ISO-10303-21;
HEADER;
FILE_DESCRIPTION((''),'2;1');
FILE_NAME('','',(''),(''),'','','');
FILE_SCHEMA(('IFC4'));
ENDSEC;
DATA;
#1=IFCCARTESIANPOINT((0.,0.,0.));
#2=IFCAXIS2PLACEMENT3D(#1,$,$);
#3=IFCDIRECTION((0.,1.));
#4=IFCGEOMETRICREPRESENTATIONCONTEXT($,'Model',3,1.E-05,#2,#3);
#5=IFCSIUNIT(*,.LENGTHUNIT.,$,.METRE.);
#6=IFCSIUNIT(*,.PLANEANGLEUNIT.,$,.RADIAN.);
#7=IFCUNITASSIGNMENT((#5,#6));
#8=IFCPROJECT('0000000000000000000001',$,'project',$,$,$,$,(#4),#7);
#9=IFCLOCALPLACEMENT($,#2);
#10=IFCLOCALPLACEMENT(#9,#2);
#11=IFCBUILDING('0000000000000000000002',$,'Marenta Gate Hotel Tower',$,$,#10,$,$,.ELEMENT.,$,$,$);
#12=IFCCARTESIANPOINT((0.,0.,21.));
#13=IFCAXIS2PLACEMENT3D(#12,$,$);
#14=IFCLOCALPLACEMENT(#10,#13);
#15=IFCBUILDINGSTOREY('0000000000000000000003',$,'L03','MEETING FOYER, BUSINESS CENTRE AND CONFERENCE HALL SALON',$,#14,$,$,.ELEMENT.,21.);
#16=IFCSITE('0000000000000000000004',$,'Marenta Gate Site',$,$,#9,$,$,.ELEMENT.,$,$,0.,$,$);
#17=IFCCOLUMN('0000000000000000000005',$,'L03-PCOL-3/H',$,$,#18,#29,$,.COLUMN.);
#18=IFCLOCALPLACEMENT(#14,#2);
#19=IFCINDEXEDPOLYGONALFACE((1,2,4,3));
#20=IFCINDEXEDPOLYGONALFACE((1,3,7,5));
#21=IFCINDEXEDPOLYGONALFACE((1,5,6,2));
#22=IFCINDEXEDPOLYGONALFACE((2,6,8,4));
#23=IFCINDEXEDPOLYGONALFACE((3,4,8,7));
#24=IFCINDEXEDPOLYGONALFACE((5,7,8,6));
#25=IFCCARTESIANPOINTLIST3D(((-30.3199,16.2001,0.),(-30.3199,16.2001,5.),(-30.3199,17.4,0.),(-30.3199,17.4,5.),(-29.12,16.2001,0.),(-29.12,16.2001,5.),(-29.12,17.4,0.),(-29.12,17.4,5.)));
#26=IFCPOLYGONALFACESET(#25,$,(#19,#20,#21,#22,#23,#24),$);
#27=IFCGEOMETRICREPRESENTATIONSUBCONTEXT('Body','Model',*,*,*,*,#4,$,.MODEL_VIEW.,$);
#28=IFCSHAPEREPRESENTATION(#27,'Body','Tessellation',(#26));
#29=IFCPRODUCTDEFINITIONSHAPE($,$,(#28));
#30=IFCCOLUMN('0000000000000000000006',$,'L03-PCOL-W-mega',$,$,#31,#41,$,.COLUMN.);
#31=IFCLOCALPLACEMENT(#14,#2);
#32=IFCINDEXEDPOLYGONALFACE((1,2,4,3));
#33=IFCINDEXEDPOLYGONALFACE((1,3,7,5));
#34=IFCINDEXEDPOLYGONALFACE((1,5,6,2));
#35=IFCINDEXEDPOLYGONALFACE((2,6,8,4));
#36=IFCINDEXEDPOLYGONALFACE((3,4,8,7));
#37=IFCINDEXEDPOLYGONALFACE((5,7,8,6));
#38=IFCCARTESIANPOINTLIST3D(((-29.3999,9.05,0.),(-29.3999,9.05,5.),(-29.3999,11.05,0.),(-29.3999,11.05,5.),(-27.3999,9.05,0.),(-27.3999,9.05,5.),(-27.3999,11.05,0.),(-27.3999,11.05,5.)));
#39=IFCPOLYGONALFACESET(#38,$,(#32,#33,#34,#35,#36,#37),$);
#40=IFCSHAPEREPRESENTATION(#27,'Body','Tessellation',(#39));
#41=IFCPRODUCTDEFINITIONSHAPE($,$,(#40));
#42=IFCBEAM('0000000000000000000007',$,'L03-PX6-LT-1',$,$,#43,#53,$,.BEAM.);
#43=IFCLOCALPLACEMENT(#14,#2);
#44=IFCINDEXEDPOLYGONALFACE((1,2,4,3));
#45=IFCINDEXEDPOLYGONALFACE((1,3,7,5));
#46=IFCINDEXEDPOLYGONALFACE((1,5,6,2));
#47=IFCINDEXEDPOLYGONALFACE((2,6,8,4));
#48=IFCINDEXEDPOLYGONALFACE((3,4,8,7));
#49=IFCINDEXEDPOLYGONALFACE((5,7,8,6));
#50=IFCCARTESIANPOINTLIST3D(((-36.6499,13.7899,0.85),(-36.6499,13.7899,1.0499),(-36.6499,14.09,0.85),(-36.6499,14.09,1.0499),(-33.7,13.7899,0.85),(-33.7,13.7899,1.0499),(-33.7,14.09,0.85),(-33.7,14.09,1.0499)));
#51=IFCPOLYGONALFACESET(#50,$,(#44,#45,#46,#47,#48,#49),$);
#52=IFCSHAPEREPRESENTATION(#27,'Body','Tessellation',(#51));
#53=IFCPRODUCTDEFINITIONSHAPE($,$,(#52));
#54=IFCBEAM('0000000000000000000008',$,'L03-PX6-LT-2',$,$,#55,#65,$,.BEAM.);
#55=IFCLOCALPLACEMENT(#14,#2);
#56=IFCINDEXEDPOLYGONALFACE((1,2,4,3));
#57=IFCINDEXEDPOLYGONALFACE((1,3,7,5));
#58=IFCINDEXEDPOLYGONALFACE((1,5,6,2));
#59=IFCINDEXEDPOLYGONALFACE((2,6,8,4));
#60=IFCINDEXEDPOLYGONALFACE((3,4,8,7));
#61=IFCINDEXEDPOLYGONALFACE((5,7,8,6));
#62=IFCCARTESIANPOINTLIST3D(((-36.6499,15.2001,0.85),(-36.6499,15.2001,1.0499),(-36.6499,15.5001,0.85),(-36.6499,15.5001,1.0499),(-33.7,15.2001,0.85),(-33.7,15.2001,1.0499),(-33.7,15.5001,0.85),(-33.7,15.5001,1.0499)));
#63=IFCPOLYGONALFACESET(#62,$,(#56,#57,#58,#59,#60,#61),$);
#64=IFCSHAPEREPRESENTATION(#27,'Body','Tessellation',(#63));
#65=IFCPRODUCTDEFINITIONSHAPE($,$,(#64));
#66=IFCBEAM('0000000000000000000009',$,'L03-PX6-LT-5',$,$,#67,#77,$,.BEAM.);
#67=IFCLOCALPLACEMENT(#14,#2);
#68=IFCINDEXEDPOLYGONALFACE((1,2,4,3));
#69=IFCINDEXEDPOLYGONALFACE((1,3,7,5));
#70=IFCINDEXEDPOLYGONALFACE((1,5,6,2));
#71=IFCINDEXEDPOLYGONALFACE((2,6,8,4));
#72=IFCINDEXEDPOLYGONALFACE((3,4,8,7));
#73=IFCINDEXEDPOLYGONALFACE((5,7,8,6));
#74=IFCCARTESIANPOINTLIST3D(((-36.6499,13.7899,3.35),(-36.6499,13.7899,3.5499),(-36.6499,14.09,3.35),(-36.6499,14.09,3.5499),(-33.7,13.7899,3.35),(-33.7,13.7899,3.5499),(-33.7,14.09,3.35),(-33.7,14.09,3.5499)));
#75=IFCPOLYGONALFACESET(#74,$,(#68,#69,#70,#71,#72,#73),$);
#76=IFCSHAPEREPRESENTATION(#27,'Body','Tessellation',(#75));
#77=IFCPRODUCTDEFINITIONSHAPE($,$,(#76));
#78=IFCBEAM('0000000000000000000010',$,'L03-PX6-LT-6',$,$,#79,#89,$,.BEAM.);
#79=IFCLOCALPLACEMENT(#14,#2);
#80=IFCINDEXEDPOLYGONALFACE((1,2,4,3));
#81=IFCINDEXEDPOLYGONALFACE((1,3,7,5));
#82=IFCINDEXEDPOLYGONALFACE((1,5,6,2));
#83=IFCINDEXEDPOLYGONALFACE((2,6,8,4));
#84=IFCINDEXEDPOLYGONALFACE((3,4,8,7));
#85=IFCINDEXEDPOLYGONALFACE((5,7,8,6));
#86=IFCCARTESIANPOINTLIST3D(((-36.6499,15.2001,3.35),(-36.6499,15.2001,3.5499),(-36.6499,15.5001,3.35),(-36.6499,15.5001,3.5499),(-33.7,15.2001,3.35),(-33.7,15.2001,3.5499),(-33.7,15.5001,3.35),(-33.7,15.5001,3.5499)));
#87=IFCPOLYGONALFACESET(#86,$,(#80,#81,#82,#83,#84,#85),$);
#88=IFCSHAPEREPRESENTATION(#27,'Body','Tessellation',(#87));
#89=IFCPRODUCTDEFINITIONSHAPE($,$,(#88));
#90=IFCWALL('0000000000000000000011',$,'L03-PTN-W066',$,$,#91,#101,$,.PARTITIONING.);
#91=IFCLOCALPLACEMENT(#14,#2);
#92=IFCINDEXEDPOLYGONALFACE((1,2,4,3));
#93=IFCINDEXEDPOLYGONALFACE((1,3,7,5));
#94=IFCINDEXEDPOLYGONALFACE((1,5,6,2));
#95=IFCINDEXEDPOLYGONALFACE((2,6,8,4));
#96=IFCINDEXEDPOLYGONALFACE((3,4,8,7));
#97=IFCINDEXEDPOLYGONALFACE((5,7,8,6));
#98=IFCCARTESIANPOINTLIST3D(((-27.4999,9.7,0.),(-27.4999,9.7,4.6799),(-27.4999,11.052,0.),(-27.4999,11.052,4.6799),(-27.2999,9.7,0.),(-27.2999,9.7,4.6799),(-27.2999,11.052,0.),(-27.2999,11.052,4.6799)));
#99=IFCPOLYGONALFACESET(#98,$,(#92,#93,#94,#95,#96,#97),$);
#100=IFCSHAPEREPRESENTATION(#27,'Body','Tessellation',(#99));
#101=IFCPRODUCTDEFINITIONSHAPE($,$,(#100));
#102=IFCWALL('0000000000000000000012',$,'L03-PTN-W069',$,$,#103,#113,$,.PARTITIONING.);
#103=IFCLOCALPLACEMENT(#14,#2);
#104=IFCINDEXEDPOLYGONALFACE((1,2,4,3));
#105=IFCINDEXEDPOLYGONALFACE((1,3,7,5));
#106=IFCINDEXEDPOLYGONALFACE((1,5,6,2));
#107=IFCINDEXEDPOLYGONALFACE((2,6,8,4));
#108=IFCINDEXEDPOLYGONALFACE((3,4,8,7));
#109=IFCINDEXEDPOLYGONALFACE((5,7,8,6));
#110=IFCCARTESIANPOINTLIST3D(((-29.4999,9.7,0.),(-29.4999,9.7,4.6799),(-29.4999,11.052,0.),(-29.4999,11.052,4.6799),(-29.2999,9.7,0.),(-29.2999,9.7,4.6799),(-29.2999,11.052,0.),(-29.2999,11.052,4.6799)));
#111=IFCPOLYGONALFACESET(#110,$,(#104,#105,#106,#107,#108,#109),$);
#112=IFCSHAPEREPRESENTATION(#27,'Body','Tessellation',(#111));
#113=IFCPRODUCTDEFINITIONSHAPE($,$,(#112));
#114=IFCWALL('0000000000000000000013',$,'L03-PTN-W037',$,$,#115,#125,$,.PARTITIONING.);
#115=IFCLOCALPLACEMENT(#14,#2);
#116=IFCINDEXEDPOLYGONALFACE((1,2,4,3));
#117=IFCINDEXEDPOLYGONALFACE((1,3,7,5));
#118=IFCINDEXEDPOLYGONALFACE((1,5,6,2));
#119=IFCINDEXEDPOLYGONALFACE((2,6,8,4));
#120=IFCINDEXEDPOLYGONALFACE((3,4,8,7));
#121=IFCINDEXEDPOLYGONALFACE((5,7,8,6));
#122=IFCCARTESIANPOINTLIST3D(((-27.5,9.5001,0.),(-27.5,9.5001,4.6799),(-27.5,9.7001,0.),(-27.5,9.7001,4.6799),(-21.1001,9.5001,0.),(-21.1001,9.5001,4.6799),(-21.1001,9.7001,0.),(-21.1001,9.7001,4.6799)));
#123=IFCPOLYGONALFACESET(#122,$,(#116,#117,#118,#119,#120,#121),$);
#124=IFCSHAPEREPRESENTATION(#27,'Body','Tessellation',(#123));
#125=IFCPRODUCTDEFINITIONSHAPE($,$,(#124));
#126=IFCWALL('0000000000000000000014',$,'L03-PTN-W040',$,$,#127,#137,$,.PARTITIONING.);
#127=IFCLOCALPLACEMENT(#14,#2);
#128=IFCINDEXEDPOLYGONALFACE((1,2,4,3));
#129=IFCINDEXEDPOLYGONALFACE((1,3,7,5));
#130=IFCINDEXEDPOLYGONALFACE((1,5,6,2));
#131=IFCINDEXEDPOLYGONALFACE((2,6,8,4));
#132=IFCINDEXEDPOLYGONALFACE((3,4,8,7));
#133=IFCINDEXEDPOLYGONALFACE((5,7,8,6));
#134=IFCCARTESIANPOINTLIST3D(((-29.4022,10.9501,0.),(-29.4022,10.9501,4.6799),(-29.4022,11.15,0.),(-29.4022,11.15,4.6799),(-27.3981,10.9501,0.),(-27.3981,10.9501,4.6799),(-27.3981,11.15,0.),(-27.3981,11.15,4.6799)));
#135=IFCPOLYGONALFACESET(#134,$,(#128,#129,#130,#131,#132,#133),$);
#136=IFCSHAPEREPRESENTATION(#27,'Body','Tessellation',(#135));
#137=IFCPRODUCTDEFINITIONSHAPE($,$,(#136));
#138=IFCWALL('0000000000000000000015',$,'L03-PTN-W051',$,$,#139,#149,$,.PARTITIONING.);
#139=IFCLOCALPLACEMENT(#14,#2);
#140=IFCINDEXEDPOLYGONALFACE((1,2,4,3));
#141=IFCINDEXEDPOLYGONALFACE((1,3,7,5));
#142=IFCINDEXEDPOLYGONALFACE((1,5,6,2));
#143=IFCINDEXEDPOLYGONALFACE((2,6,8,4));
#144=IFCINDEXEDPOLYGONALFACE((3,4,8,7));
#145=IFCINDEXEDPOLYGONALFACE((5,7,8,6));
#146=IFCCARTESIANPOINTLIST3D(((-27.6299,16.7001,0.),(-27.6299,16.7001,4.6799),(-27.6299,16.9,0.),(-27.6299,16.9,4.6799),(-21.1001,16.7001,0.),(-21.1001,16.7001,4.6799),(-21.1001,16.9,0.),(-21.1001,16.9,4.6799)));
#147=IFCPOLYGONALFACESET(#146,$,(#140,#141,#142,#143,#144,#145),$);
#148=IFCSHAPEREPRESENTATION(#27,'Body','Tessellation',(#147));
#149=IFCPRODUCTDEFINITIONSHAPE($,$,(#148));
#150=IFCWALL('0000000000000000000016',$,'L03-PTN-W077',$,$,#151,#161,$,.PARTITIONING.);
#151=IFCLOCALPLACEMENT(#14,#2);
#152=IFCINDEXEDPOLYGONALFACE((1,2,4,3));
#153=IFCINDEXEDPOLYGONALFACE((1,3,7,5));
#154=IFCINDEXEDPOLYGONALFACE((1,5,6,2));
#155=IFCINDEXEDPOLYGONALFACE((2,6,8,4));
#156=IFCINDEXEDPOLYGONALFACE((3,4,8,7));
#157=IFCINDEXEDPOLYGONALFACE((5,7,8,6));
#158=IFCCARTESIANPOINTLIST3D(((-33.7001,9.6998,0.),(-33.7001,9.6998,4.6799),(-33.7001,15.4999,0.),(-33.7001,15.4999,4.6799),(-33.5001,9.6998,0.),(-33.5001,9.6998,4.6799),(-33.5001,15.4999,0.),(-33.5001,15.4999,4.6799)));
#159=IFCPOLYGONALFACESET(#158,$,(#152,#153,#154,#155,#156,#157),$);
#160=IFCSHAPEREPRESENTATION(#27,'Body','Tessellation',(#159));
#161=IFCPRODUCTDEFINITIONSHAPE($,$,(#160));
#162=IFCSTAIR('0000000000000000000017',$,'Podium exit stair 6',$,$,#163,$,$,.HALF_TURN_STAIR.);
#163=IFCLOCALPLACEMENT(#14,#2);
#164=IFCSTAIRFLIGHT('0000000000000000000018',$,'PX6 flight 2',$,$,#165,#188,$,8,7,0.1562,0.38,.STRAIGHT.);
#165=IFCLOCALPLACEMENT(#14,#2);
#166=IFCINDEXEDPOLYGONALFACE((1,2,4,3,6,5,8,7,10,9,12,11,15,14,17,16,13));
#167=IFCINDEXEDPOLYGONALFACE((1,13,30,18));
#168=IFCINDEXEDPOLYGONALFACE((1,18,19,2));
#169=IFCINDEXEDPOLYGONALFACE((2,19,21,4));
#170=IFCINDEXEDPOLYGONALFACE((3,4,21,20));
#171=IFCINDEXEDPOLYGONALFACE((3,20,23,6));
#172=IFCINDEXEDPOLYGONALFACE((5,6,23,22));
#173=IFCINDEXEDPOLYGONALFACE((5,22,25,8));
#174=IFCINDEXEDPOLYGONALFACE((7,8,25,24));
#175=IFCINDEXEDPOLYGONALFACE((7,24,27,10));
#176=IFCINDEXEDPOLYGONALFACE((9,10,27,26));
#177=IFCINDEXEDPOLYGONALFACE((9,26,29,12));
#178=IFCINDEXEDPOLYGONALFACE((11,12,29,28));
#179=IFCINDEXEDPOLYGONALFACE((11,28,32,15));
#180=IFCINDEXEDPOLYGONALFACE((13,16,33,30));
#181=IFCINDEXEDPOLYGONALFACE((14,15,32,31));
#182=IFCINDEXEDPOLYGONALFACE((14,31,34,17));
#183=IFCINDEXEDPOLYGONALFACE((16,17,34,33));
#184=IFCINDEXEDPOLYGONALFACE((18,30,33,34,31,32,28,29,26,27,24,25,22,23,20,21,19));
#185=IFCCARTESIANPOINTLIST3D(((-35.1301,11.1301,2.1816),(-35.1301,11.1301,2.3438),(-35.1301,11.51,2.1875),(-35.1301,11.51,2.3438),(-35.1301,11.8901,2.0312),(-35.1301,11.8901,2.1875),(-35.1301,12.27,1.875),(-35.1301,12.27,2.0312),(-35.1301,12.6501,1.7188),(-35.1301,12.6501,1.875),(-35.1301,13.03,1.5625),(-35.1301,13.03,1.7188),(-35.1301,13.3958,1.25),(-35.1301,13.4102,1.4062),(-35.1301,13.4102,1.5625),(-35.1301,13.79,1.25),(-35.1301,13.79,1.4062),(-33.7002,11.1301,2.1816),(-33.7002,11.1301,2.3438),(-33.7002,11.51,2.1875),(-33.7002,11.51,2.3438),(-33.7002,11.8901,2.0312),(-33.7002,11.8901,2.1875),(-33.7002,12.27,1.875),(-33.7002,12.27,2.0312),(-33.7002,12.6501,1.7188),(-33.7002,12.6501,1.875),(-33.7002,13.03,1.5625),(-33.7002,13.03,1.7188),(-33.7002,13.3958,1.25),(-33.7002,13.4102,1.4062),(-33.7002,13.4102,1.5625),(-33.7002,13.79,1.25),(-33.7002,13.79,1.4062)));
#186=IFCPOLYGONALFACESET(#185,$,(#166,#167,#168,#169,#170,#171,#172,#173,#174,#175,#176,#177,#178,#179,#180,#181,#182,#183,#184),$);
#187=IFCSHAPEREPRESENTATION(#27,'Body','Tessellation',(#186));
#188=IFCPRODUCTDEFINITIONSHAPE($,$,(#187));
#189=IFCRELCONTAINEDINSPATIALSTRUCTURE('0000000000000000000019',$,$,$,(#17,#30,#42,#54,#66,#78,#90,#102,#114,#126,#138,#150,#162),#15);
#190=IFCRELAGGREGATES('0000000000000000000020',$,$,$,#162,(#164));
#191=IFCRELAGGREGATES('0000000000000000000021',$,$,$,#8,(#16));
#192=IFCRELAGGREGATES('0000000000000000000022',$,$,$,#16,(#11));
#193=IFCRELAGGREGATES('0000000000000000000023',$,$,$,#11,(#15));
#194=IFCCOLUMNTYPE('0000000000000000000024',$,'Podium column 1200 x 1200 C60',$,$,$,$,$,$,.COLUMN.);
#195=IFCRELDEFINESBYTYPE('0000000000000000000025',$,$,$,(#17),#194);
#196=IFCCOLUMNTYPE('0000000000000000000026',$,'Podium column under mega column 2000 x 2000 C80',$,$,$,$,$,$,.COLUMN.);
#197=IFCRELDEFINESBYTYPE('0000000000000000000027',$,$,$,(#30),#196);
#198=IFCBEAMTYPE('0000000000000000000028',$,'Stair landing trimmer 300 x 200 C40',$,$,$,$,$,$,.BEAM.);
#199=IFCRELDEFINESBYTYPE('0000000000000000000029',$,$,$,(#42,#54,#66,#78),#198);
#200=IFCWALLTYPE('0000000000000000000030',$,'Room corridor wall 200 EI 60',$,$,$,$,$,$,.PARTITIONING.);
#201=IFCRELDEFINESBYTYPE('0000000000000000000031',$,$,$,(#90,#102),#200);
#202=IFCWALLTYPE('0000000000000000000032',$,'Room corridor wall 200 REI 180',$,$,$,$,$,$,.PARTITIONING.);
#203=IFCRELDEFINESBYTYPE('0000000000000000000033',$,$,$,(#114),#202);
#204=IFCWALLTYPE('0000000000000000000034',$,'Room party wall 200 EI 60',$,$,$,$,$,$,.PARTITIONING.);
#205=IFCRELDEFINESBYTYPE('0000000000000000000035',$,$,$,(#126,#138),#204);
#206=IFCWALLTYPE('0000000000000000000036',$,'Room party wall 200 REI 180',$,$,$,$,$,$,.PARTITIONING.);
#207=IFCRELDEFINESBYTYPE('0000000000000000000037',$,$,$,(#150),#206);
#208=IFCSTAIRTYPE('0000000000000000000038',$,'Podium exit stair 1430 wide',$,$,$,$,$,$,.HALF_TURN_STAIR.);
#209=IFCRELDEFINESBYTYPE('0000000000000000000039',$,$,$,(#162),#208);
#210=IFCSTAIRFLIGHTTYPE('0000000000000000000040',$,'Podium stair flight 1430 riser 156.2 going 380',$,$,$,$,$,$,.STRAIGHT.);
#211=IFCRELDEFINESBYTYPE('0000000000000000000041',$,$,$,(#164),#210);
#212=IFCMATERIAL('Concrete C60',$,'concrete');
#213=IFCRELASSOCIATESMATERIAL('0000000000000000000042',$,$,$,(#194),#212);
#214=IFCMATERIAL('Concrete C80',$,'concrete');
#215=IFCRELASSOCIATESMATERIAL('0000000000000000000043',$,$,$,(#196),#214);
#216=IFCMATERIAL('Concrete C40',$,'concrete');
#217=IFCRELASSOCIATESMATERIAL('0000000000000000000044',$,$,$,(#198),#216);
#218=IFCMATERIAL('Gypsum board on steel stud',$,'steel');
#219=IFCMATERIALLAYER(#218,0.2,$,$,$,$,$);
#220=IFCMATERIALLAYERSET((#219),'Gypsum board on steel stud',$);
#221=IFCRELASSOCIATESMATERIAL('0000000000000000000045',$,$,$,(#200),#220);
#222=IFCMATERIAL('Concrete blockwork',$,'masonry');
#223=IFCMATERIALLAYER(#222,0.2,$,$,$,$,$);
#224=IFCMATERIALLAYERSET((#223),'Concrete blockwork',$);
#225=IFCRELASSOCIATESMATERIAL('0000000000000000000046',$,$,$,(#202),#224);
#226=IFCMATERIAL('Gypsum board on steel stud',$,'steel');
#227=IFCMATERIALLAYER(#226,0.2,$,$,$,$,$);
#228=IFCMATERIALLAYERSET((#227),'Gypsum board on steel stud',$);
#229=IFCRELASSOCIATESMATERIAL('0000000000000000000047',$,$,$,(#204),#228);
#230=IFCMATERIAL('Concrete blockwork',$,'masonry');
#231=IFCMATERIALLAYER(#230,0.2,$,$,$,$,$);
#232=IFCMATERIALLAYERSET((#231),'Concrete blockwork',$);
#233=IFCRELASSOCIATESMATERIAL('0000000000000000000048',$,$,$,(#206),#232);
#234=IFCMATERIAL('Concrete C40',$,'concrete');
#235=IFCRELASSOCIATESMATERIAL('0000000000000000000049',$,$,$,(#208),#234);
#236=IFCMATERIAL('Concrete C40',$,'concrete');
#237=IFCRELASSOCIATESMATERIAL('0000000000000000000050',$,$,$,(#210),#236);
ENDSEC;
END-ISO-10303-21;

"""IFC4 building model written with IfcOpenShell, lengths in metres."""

from ifc_helpers import new_model, si_unit, direction, frame, frame_2d, origin, origin_2d, place, context, subcontext, project, spatial, polyline, rectangle, outline, extrude, material, layer, layer_set, material_profile, profile_set, type_object, element, aggregate, save


model = new_model("IFC4")

# Units and contexts
model_context = context("Model", 3, precision=1e-05, world=origin(), true_north=direction((0.0, 1.0)))
body_context = subcontext(model_context, "Body", "Model", "MODEL_VIEW")
ifc_project = project(units=[si_unit("LENGTHUNIT", "METRE"), si_unit("PLANEANGLEUNIT", "RADIAN")], contexts=[model_context])

# Site, building, storey
site_placement = place(None, origin())
site = spatial("IfcSite", under=ifc_project, at=site_placement, Name="Marenta Gate Site", CompositionType="ELEMENT", RefElevation=0.0)
building_placement = place(site_placement, origin())
building = spatial("IfcBuilding", under=site, at=building_placement, Name="Marenta Gate Hotel Tower", CompositionType="ELEMENT")
storey_placement = place(building_placement, frame((0.0, 0.0, 21.0)))
storey = spatial("IfcBuildingStorey", under=building, at=storey_placement, Name="L03", Description="MEETING FOYER, BUSINESS CENTRE AND CONFERENCE HALL SALON", CompositionType="ELEMENT", Elevation=21.0)

# Columns
ifc_material_1 = material(Name="Concrete C60", Category="concrete")
ifc_material_profile_1 = material_profile(ifc_material_1, rectangle(XDim=1.2, YDim=1.2, at=origin_2d()), Name="1200 x 1200")
ifc_profile_set_1 = profile_set([ifc_material_profile_1], Name="Concrete C60")
column_type_1 = type_object("IfcColumnType", Name="Podium column 1200 x 1200 C60", PredefinedType="COLUMN", material=ifc_profile_set_1)
column_1_placement = place(storey_placement, frame((-29.72, 16.8, 0.0), z_axis=(0.0, 0.0, 1.0), x_axis=(1.0, 0.0, 0.0)))
element("IfcColumn", 1, at=column_1_placement, inside=storey, type_object=column_type_1, Name="L03-PCOL-3/H", PredefinedType="COLUMN", context=body_context, shape_type="SweptSolid", body=[
    extrude(rectangle(XDim=1.2, YDim=1.2, at=origin_2d()), origin(), (0.0, 0.0, 1.0), 5.0),
])
ifc_material_2 = material(Name="Concrete C80", Category="concrete")
ifc_material_profile_2 = material_profile(ifc_material_2, rectangle(XDim=2.0, YDim=2.0, at=origin_2d()), Name="2000 x 2000")
ifc_profile_set_2 = profile_set([ifc_material_profile_2], Name="Concrete C80")
column_type_2 = type_object("IfcColumnType", Name="Podium column under mega column 2000 x 2000 C80", PredefinedType="COLUMN", material=ifc_profile_set_2)
column_2_placement = place(storey_placement, frame((-28.3999, 10.05, 0.0), z_axis=(0.0, 0.0, 1.0), x_axis=(1.0, 0.0, 0.0)))
element("IfcColumn", 2, at=column_2_placement, inside=storey, type_object=column_type_2, Name="L03-PCOL-W-mega", PredefinedType="COLUMN", context=body_context, shape_type="SweptSolid", body=[
    extrude(rectangle(XDim=2.0, YDim=2.0, at=origin_2d()), origin(), (0.0, 0.0, 1.0), 5.0),
])

# Beams
ifc_material_3 = material(Name="Concrete C40", Category="concrete")
ifc_material_profile_3 = material_profile(ifc_material_3, rectangle(XDim=0.3, YDim=0.2, at=origin_2d()), Name="300 x 200")
ifc_profile_set_3 = profile_set([ifc_material_profile_3], Name="Concrete C40")
beam_type = type_object("IfcBeamType", Name="Stair landing trimmer 300 x 200 C40", PredefinedType="BEAM", material=ifc_profile_set_3)
for number, where, z_axis, x_axis, name in (
    (3, (-36.6499, 13.9399, 0.95), (1.0, 0.0, 0.0), (0.0, 1.0, 0.0), "L03-PX6-LT-1"),
    (4, (-36.6499, 15.3501, 0.95), (1.0, 0.0, 0.0), (0.0, 1.0, 0.0), "L03-PX6-LT-2"),
    (5, (-36.6499, 13.9399, 3.45), (1.0, 0.0, 0.0), (0.0, 1.0, 0.0), "L03-PX6-LT-5"),
    (6, (-36.6499, 15.3501, 3.45), (1.0, 0.0, 0.0), (0.0, 1.0, 0.0), "L03-PX6-LT-6"),
):
    element("IfcBeam", number, at=place(storey_placement, frame(where, z_axis=z_axis, x_axis=x_axis)), inside=storey, type_object=beam_type, Name=name, PredefinedType="BEAM", context=body_context, shape_type="SweptSolid", body=[
        extrude(rectangle(XDim=0.3, YDim=0.2, at=origin_2d()), origin(), (0.0, 0.0, 1.0), 2.95),
    ])

# Shared definitions
ifc_material_4 = material(Name="Gypsum board on steel stud", Category="steel")
ifc_layer_1 = layer(ifc_material_4, 0.2)
ifc_layer_set_1 = layer_set([ifc_layer_1], Name="Gypsum board on steel stud")
wall_type_1 = type_object("IfcWallType", Name="Room corridor wall 200 EI 60", PredefinedType="PARTITIONING", material=ifc_layer_set_1)

# Walls
for number, where, z_axis, x_axis, name in (
    (7, (-27.3999, 9.7, 0.0), (0.0, 0.0, 1.0), (0.0, 1.0, 0.0), "L03-PTN-W066"),
    (8, (-29.3999, 9.7, 0.0), (0.0, 0.0, 1.0), (0.0, 1.0, 0.0), "L03-PTN-W069"),
):
    element("IfcWall", number, at=place(storey_placement, frame(where, z_axis=z_axis, x_axis=x_axis)), inside=storey, type_object=wall_type_1, Name=name, PredefinedType="PARTITIONING", context=body_context, shape_type="SweptSolid", body=[
        extrude(rectangle(XDim=1.3521, YDim=0.2, at=frame_2d((0.676, 0.0))), origin(), (0.0, 0.0, 1.0), 4.6799),
    ])
ifc_material_5 = material(Name="Concrete blockwork", Category="masonry")
ifc_layer_2 = layer(ifc_material_5, 0.2)
ifc_layer_set_2 = layer_set([ifc_layer_2], Name="Concrete blockwork")
wall_type_2 = type_object("IfcWallType", Name="Room corridor wall 200 REI 180", PredefinedType="PARTITIONING", material=ifc_layer_set_2)
wall_1_placement = place(storey_placement, frame((-27.5, 9.6001, 0.0), z_axis=(0.0, 0.0, 1.0), x_axis=(1.0, 0.0, 0.0)))
element("IfcWall", 9, at=wall_1_placement, inside=storey, type_object=wall_type_2, Name="L03-PTN-W037", PredefinedType="PARTITIONING", context=body_context, shape_type="SweptSolid", body=[
    extrude(rectangle(XDim=6.3999, YDim=0.2, at=frame_2d((3.2, 0.0))), origin(), (0.0, 0.0, 1.0), 4.6799),
])
ifc_material_6 = material(Name="Gypsum board on steel stud", Category="steel")
ifc_layer_3 = layer(ifc_material_6, 0.2)
ifc_layer_set_3 = layer_set([ifc_layer_3], Name="Gypsum board on steel stud")
wall_type_3 = type_object("IfcWallType", Name="Room party wall 200 EI 60", PredefinedType="PARTITIONING", material=ifc_layer_set_3)
wall_2_placement = place(storey_placement, frame((-29.4021, 11.05, 0.0), z_axis=(0.0, 0.0, 1.0), x_axis=(1.0, 0.0, 0.0)))
element("IfcWall", 10, at=wall_2_placement, inside=storey, type_object=wall_type_3, Name="L03-PTN-W040", PredefinedType="PARTITIONING", context=body_context, shape_type="SweptSolid", body=[
    extrude(rectangle(XDim=2.0042, YDim=0.2, at=frame_2d((1.002, 0.0))), origin(), (0.0, 0.0, 1.0), 4.6799),
])
wall_3_placement = place(storey_placement, frame((-27.6299, 16.8, 0.0), z_axis=(0.0, 0.0, 1.0), x_axis=(1.0, 0.0, 0.0)))
element("IfcWall", 11, at=wall_3_placement, inside=storey, type_object=wall_type_3, Name="L03-PTN-W051", PredefinedType="PARTITIONING", context=body_context, shape_type="SweptSolid", body=[
    extrude(rectangle(XDim=6.5298, YDim=0.2, at=frame_2d((3.2649, 0.0))), origin(), (0.0, 0.0, 1.0), 4.6799),
])
ifc_material_7 = material(Name="Concrete blockwork", Category="masonry")
ifc_layer_4 = layer(ifc_material_7, 0.2)
ifc_layer_set_4 = layer_set([ifc_layer_4], Name="Concrete blockwork")
wall_type_4 = type_object("IfcWallType", Name="Room party wall 200 REI 180", PredefinedType="PARTITIONING", material=ifc_layer_set_4)
wall_4_placement = place(storey_placement, frame((-33.6001, 9.7, 0.0), z_axis=(0.0, 0.0, 1.0), x_axis=(0.0, 1.0, 0.0)))
element("IfcWall", 12, at=wall_4_placement, inside=storey, type_object=wall_type_4, Name="L03-PTN-W077", PredefinedType="PARTITIONING", context=body_context, shape_type="SweptSolid", body=[
    extrude(rectangle(XDim=5.8, YDim=0.2, at=frame_2d((2.8999, 0.0))), origin(), (0.0, 0.0, 1.0), 4.6799),
])

# Stair, stair flight
ifc_material_8 = material(Name="Concrete C40", Category="concrete")
stair_type = type_object("IfcStairType", Name="Podium exit stair 1430 wide", PredefinedType="HALF_TURN_STAIR", material=ifc_material_8)
stair_placement = place(storey_placement, origin())
stair = element("IfcStair", 13, at=stair_placement, inside=storey, type_object=stair_type, Name="Podium exit stair 6", PredefinedType="HALF_TURN_STAIR")
ifc_material_9 = material(Name="Concrete C40", Category="concrete")
stair_flight_type = type_object("IfcStairFlightType", Name="Podium stair flight 1430 riser 156.2 going 380", PredefinedType="STRAIGHT", material=ifc_material_9)
stair_flight_1_placement = place(storey_placement, frame((-34.415, 13.79, 1.25), z_axis=(0.0, 0.0, 1.0), x_axis=(0.0, -1.0, 0.0)))
stair_flight_1 = element("IfcStairFlight", 14, at=stair_flight_1_placement, type_object=stair_flight_type, Name="PX6 flight 2", NumberOfRisers=8, NumberOfTreads=7, PredefinedType="STRAIGHT", RiserHeight=0.1562, TreadLength=0.38, context=body_context, shape_type="SweptSolid", body=[
    extrude(outline(polyline([(0.0, 0.0), (0.0, 0.1562), (0.3799, 0.1562), (0.3799, 0.3125), (0.76, 0.3125), (0.76, 0.4688), (1.1399, 0.4688), (1.1399, 0.625), (1.52, 0.625), (1.52, 0.7812), (1.8999, 0.7812), (1.8999, 0.9375), (2.28, 0.9375), (2.28, 1.0938), (2.6599, 1.0938), (2.6599, 1.25), (2.6599, 0.9316), (0.3943, 0.0), (0.0, 0.0)])), frame((0.0, 0.7148, 0.0), z_axis=(0.0, -1.0, 0.0), x_axis=(1.0, 0.0, 0.0)), (0.0, 0.0, 1.0), 1.4299),
])
aggregate(stair, [stair_flight_1])

save(model, "model.ifc")
